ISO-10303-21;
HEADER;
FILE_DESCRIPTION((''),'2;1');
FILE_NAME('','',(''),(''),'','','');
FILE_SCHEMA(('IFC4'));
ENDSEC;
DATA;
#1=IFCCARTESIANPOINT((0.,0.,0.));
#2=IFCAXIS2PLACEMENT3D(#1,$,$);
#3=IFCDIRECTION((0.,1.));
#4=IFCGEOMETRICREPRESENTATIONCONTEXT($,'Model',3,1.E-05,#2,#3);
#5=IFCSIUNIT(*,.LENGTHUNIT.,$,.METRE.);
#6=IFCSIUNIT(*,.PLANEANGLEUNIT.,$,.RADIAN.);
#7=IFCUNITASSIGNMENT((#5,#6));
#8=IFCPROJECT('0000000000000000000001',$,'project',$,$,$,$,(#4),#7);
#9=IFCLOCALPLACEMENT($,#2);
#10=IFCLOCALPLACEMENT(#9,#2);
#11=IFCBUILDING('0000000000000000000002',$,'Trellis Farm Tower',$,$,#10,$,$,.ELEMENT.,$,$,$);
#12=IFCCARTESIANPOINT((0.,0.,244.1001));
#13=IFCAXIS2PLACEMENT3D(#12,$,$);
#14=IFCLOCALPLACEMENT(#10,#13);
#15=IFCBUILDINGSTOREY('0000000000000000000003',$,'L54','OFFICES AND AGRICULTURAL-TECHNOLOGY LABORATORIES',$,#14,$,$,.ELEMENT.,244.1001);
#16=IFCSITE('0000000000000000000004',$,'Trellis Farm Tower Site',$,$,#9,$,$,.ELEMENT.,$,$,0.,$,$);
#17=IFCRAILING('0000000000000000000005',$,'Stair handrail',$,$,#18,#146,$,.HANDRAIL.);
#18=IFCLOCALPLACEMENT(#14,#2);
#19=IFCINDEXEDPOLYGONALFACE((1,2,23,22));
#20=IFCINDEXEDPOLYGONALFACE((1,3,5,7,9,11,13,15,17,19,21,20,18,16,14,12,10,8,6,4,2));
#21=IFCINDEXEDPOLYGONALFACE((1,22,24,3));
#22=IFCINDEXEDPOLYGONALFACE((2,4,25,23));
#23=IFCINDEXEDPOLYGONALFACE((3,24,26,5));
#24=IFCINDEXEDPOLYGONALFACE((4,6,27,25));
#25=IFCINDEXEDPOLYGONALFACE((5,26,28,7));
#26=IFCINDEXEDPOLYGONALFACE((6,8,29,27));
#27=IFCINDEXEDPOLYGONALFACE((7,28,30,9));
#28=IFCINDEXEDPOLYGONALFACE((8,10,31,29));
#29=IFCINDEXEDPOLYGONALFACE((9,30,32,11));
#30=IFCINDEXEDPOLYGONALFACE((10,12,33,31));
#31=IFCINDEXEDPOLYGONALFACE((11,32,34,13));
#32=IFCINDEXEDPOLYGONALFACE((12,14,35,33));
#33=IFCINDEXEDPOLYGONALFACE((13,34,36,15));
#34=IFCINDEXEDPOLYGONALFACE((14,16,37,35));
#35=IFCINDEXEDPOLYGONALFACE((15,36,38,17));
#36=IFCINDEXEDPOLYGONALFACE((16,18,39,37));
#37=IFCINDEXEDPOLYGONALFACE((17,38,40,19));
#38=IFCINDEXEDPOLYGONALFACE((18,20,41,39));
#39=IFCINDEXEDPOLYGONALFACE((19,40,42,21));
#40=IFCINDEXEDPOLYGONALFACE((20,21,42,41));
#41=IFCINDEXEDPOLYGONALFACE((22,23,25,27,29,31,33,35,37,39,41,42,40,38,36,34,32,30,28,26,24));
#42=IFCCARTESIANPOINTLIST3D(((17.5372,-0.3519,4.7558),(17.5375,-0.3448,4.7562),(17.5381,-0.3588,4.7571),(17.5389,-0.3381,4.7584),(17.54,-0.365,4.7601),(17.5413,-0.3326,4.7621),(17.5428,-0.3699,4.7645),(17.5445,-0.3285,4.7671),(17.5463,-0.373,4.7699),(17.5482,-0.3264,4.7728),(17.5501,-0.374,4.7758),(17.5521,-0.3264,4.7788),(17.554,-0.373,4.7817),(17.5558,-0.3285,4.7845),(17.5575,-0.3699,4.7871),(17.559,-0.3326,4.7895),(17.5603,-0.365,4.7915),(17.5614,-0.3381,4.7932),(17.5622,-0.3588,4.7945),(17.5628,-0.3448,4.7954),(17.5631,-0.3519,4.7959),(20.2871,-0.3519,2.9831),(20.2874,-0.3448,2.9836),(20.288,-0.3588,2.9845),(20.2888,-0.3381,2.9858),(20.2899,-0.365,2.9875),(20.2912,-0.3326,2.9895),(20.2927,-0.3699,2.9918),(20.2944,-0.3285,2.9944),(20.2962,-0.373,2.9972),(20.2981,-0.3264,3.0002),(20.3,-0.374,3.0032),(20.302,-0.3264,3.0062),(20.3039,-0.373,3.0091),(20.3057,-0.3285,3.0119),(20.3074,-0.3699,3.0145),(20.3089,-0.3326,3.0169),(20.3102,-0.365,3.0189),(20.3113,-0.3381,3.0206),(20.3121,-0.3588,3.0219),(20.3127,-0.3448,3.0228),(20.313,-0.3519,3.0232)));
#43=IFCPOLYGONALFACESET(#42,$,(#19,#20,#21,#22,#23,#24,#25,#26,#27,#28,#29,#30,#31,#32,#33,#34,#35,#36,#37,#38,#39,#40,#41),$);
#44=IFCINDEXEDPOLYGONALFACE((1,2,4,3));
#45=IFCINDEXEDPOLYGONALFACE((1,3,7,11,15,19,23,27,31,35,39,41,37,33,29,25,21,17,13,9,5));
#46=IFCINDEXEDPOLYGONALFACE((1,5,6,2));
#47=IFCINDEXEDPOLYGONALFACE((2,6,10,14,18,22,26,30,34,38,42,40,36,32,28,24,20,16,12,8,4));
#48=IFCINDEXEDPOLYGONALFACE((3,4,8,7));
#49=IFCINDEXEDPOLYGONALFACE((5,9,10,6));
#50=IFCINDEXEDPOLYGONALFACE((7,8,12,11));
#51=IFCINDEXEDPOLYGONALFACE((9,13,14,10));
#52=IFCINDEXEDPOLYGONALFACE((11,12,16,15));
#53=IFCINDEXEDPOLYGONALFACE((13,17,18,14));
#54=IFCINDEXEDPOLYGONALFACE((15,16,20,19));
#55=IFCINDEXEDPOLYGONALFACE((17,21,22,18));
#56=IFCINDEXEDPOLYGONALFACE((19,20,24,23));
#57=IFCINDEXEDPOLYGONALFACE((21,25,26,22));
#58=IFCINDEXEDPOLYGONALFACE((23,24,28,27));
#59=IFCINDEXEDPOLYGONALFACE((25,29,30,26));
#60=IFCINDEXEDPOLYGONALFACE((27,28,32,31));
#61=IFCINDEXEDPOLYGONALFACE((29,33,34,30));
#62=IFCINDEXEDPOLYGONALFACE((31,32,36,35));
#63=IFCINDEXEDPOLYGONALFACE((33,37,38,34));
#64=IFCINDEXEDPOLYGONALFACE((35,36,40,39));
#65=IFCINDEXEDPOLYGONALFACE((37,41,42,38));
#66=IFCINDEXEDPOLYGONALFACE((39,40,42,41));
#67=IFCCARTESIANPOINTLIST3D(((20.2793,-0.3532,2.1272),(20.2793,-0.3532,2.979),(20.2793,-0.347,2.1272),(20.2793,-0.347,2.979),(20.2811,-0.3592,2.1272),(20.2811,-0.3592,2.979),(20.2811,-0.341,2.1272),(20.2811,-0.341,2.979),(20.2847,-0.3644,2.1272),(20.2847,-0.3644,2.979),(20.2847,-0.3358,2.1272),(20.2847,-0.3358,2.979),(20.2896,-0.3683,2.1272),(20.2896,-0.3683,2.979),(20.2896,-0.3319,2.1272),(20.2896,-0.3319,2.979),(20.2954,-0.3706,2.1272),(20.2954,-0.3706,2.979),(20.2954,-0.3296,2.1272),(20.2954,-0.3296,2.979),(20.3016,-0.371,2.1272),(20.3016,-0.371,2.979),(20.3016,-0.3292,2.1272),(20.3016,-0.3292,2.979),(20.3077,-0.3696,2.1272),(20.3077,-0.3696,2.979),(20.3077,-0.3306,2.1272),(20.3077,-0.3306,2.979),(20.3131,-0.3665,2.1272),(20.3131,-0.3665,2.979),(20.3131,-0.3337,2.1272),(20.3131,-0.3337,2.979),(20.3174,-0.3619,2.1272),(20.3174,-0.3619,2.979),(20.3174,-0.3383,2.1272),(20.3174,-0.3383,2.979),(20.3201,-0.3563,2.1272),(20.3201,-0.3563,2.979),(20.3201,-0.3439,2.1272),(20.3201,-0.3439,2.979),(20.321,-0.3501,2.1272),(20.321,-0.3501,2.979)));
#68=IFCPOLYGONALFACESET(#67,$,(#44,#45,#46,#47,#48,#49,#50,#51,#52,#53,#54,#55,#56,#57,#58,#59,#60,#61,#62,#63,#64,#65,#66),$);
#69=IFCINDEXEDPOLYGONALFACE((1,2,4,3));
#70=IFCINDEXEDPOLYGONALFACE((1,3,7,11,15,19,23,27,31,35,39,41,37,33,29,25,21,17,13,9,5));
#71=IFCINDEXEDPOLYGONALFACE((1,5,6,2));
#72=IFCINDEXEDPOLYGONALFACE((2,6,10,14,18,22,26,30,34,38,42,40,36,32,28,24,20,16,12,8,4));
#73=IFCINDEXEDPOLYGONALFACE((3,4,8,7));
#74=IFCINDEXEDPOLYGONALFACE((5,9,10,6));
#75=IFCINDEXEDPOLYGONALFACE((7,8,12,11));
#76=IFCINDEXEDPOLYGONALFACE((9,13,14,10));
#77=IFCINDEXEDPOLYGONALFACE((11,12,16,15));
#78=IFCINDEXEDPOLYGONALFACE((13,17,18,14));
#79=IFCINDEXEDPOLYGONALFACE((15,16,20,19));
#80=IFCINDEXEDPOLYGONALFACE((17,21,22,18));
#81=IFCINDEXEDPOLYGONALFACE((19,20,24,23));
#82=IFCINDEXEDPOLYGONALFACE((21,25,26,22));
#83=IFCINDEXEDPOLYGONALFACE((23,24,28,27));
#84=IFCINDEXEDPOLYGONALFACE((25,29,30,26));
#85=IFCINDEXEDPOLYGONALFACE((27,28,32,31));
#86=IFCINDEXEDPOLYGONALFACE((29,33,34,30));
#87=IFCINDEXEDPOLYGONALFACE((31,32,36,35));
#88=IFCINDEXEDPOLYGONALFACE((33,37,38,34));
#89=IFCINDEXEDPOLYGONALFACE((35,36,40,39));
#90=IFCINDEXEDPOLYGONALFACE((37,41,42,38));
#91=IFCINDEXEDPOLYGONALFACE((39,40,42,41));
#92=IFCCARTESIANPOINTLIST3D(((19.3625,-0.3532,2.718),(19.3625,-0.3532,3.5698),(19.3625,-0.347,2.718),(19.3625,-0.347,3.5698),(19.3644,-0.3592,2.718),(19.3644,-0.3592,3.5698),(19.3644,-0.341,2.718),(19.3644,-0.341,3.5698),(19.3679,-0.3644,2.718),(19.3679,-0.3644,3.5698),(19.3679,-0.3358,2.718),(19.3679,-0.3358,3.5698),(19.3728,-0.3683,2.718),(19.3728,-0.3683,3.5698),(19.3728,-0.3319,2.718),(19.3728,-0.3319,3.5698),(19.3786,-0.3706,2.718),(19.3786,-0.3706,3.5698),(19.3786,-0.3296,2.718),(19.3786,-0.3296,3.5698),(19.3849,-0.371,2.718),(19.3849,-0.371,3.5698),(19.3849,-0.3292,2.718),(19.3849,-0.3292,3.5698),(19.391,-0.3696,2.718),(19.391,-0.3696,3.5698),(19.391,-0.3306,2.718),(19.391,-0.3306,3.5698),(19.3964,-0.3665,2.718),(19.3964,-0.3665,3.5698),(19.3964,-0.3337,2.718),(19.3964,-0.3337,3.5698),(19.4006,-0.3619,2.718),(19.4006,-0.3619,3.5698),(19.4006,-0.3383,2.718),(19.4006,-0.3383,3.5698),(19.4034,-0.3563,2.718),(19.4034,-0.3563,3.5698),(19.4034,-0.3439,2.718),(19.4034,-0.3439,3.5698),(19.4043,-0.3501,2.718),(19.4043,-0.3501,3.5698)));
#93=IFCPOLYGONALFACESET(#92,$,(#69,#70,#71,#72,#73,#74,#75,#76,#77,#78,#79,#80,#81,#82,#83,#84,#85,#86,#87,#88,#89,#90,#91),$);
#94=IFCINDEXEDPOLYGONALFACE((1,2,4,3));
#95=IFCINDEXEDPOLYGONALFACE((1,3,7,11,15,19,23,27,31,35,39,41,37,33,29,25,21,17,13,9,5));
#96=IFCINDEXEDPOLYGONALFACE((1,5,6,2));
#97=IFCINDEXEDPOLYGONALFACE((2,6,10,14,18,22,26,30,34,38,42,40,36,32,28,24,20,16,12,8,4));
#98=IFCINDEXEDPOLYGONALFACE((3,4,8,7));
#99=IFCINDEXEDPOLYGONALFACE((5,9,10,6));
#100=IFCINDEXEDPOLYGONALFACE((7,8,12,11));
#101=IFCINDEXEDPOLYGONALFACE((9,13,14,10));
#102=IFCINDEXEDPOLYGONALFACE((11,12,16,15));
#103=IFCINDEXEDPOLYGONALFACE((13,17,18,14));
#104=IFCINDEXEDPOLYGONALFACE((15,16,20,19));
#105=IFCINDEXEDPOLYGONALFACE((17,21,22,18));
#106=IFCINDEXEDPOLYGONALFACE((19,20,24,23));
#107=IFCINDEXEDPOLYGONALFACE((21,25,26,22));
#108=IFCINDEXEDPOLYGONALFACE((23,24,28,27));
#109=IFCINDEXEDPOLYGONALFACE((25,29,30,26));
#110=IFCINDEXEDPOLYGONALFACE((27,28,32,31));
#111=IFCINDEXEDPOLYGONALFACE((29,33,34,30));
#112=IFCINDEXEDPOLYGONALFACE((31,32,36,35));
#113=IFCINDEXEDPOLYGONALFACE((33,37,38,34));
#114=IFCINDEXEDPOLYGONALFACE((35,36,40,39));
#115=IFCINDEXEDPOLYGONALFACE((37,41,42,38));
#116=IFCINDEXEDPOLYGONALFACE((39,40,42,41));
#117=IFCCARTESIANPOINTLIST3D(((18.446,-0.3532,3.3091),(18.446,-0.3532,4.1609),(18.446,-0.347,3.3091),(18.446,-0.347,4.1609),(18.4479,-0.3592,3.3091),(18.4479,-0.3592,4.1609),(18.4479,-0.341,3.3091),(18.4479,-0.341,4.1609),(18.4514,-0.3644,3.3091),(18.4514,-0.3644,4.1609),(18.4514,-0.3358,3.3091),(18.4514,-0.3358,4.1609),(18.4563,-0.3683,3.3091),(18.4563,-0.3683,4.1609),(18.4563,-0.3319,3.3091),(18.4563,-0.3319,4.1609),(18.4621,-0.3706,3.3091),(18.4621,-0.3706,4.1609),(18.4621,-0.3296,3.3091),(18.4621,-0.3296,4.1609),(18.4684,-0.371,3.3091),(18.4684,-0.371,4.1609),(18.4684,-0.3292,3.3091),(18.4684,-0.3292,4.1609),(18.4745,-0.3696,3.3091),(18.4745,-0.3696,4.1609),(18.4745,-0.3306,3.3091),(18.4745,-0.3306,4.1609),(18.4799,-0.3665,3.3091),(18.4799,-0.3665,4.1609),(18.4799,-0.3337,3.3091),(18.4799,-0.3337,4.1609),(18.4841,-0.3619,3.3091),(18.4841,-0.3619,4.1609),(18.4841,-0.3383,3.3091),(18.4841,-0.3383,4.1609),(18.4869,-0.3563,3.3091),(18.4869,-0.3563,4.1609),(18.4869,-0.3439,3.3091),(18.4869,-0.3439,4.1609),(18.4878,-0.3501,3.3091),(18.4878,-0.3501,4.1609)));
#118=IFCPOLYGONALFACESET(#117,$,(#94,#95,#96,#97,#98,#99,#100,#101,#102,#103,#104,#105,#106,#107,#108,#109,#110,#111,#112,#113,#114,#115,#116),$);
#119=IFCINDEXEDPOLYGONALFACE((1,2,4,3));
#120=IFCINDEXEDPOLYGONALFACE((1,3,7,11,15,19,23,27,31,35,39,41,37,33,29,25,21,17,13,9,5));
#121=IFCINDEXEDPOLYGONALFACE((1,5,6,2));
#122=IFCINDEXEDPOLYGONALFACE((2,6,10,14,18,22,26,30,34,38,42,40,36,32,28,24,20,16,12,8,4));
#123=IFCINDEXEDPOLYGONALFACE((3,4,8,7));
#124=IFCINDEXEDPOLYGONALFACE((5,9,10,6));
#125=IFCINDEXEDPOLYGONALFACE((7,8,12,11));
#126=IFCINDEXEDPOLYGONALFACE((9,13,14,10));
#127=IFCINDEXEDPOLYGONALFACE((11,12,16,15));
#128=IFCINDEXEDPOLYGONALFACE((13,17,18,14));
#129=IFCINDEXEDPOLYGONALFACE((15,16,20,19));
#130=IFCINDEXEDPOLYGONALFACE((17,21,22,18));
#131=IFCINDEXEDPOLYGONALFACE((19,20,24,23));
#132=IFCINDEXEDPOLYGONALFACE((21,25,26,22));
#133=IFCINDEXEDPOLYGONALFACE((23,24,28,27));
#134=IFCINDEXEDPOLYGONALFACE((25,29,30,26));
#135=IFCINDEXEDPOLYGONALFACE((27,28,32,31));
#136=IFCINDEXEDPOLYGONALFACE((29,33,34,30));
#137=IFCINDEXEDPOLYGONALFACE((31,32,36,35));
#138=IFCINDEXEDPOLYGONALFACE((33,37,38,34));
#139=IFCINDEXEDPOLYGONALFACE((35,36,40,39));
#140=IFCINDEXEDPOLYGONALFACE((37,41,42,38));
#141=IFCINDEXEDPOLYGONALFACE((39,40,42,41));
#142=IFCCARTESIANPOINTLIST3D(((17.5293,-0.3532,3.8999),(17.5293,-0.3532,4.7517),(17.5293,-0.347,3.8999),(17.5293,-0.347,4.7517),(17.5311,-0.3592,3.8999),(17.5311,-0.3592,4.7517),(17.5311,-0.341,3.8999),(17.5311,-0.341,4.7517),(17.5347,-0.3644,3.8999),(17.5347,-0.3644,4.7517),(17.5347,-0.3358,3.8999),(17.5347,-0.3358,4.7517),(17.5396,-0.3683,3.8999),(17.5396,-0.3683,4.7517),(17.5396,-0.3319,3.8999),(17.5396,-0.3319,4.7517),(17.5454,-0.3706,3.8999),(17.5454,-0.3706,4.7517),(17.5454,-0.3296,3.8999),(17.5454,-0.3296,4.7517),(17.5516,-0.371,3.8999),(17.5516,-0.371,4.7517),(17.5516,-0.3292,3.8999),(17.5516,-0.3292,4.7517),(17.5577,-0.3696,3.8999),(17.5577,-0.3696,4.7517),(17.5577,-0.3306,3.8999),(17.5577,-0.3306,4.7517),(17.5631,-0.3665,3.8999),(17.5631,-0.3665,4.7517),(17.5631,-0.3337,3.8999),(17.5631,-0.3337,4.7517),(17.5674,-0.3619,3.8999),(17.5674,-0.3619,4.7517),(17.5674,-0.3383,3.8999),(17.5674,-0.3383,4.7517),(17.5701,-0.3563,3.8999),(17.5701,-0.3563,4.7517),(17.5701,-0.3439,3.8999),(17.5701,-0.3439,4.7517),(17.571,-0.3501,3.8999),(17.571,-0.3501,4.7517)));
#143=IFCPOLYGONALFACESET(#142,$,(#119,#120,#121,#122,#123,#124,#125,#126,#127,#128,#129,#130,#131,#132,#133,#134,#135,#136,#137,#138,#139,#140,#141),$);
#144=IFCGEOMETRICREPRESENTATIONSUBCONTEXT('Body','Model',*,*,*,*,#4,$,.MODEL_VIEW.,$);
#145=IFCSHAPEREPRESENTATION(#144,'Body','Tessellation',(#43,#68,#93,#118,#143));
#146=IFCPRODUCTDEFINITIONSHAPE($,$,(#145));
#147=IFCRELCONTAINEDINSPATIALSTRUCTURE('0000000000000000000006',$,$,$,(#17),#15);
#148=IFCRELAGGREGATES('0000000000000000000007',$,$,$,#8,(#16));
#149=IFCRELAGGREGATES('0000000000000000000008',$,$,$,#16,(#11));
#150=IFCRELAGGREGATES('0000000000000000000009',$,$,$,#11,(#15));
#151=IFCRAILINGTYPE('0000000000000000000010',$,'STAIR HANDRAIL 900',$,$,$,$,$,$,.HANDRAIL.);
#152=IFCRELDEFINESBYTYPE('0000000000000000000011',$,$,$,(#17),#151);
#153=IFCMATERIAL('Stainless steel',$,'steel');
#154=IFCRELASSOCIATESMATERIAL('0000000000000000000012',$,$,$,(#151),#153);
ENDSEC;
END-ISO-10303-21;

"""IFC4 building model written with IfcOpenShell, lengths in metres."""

from ifc_helpers import new_model, si_unit, direction, frame, origin, origin_2d, place, context, subcontext, project, spatial, circle, extrude, source, transform, mapped, material, type_object, element, save


model = new_model("IFC4")

# Units and contexts
model_context = context("Model", 3, precision=1e-05, world=origin(), true_north=direction((0.0, 1.0)))
body_context = subcontext(model_context, "Body", "Model", "MODEL_VIEW")
ifc_project = project(units=[si_unit("LENGTHUNIT", "METRE"), si_unit("PLANEANGLEUNIT", "RADIAN")], contexts=[model_context])

# Site, building, storey
site_placement = place(None, origin())
site = spatial("IfcSite", under=ifc_project, at=site_placement, Name="Trellis Farm Tower Site", CompositionType="ELEMENT", RefElevation=0.0)
building_placement = place(site_placement, origin())
building = spatial("IfcBuilding", under=site, at=building_placement, Name="Trellis Farm Tower", CompositionType="ELEMENT")
storey_placement = place(building_placement, frame((0.0, 0.0, 244.1001)))
storey = spatial("IfcBuildingStorey", under=building, at=storey_placement, Name="L54", Description="OFFICES AND AGRICULTURAL-TECHNOLOGY LABORATORIES", CompositionType="ELEMENT", Elevation=244.1001)

# Railing
ifc_material_1 = material(Name="Stainless steel", Category="steel")
railing_type = type_object("IfcRailingType", Name="STAIR HANDRAIL 900", PredefinedType="HANDRAIL", material=ifc_material_1)
shared_shape_1 = source(origin(), body_context, "Body", "SweptSolid", [
    extrude(circle(Radius=0.0239, at=origin_2d()), frame((0.0, 0.0, 0.876), z_axis=(-0.840504, 0.0, 0.541806), x_axis=(0.0, -1.0, 0.0)), (0.0, 0.0, 1.0), 3.2717),
    extrude(circle(Radius=0.021, at=origin_2d()), origin(), (0.0, 0.0, 1.0), 0.8518),
    extrude(circle(Radius=0.021, at=origin_2d()), frame((-0.9167, 0.0, 0.5908)), (0.0, 0.0, 1.0), 0.8518),
    extrude(circle(Radius=0.021, at=origin_2d()), frame((-1.8333, 0.0, 1.1819)), (0.0, 0.0, 1.0), 0.8518),
    extrude(circle(Radius=0.021, at=origin_2d()), frame((-2.75, 0.0, 1.7727)), (0.0, 0.0, 1.0), 0.8518),
])
for number, where, name in (
    (1, (20.3, -0.3501, 2.1272), "Stair handrail"),
):
    element("IfcRailing", number, at=place(storey_placement, frame(where)), inside=storey, type_object=railing_type, Name=name, PredefinedType="HANDRAIL", context=body_context, shape_type="MappedRepresentation", body=[
        mapped(shared_shape_1, transform((0.0, 0.0, 0.0))),
    ])

save(model, "model.ifc")
